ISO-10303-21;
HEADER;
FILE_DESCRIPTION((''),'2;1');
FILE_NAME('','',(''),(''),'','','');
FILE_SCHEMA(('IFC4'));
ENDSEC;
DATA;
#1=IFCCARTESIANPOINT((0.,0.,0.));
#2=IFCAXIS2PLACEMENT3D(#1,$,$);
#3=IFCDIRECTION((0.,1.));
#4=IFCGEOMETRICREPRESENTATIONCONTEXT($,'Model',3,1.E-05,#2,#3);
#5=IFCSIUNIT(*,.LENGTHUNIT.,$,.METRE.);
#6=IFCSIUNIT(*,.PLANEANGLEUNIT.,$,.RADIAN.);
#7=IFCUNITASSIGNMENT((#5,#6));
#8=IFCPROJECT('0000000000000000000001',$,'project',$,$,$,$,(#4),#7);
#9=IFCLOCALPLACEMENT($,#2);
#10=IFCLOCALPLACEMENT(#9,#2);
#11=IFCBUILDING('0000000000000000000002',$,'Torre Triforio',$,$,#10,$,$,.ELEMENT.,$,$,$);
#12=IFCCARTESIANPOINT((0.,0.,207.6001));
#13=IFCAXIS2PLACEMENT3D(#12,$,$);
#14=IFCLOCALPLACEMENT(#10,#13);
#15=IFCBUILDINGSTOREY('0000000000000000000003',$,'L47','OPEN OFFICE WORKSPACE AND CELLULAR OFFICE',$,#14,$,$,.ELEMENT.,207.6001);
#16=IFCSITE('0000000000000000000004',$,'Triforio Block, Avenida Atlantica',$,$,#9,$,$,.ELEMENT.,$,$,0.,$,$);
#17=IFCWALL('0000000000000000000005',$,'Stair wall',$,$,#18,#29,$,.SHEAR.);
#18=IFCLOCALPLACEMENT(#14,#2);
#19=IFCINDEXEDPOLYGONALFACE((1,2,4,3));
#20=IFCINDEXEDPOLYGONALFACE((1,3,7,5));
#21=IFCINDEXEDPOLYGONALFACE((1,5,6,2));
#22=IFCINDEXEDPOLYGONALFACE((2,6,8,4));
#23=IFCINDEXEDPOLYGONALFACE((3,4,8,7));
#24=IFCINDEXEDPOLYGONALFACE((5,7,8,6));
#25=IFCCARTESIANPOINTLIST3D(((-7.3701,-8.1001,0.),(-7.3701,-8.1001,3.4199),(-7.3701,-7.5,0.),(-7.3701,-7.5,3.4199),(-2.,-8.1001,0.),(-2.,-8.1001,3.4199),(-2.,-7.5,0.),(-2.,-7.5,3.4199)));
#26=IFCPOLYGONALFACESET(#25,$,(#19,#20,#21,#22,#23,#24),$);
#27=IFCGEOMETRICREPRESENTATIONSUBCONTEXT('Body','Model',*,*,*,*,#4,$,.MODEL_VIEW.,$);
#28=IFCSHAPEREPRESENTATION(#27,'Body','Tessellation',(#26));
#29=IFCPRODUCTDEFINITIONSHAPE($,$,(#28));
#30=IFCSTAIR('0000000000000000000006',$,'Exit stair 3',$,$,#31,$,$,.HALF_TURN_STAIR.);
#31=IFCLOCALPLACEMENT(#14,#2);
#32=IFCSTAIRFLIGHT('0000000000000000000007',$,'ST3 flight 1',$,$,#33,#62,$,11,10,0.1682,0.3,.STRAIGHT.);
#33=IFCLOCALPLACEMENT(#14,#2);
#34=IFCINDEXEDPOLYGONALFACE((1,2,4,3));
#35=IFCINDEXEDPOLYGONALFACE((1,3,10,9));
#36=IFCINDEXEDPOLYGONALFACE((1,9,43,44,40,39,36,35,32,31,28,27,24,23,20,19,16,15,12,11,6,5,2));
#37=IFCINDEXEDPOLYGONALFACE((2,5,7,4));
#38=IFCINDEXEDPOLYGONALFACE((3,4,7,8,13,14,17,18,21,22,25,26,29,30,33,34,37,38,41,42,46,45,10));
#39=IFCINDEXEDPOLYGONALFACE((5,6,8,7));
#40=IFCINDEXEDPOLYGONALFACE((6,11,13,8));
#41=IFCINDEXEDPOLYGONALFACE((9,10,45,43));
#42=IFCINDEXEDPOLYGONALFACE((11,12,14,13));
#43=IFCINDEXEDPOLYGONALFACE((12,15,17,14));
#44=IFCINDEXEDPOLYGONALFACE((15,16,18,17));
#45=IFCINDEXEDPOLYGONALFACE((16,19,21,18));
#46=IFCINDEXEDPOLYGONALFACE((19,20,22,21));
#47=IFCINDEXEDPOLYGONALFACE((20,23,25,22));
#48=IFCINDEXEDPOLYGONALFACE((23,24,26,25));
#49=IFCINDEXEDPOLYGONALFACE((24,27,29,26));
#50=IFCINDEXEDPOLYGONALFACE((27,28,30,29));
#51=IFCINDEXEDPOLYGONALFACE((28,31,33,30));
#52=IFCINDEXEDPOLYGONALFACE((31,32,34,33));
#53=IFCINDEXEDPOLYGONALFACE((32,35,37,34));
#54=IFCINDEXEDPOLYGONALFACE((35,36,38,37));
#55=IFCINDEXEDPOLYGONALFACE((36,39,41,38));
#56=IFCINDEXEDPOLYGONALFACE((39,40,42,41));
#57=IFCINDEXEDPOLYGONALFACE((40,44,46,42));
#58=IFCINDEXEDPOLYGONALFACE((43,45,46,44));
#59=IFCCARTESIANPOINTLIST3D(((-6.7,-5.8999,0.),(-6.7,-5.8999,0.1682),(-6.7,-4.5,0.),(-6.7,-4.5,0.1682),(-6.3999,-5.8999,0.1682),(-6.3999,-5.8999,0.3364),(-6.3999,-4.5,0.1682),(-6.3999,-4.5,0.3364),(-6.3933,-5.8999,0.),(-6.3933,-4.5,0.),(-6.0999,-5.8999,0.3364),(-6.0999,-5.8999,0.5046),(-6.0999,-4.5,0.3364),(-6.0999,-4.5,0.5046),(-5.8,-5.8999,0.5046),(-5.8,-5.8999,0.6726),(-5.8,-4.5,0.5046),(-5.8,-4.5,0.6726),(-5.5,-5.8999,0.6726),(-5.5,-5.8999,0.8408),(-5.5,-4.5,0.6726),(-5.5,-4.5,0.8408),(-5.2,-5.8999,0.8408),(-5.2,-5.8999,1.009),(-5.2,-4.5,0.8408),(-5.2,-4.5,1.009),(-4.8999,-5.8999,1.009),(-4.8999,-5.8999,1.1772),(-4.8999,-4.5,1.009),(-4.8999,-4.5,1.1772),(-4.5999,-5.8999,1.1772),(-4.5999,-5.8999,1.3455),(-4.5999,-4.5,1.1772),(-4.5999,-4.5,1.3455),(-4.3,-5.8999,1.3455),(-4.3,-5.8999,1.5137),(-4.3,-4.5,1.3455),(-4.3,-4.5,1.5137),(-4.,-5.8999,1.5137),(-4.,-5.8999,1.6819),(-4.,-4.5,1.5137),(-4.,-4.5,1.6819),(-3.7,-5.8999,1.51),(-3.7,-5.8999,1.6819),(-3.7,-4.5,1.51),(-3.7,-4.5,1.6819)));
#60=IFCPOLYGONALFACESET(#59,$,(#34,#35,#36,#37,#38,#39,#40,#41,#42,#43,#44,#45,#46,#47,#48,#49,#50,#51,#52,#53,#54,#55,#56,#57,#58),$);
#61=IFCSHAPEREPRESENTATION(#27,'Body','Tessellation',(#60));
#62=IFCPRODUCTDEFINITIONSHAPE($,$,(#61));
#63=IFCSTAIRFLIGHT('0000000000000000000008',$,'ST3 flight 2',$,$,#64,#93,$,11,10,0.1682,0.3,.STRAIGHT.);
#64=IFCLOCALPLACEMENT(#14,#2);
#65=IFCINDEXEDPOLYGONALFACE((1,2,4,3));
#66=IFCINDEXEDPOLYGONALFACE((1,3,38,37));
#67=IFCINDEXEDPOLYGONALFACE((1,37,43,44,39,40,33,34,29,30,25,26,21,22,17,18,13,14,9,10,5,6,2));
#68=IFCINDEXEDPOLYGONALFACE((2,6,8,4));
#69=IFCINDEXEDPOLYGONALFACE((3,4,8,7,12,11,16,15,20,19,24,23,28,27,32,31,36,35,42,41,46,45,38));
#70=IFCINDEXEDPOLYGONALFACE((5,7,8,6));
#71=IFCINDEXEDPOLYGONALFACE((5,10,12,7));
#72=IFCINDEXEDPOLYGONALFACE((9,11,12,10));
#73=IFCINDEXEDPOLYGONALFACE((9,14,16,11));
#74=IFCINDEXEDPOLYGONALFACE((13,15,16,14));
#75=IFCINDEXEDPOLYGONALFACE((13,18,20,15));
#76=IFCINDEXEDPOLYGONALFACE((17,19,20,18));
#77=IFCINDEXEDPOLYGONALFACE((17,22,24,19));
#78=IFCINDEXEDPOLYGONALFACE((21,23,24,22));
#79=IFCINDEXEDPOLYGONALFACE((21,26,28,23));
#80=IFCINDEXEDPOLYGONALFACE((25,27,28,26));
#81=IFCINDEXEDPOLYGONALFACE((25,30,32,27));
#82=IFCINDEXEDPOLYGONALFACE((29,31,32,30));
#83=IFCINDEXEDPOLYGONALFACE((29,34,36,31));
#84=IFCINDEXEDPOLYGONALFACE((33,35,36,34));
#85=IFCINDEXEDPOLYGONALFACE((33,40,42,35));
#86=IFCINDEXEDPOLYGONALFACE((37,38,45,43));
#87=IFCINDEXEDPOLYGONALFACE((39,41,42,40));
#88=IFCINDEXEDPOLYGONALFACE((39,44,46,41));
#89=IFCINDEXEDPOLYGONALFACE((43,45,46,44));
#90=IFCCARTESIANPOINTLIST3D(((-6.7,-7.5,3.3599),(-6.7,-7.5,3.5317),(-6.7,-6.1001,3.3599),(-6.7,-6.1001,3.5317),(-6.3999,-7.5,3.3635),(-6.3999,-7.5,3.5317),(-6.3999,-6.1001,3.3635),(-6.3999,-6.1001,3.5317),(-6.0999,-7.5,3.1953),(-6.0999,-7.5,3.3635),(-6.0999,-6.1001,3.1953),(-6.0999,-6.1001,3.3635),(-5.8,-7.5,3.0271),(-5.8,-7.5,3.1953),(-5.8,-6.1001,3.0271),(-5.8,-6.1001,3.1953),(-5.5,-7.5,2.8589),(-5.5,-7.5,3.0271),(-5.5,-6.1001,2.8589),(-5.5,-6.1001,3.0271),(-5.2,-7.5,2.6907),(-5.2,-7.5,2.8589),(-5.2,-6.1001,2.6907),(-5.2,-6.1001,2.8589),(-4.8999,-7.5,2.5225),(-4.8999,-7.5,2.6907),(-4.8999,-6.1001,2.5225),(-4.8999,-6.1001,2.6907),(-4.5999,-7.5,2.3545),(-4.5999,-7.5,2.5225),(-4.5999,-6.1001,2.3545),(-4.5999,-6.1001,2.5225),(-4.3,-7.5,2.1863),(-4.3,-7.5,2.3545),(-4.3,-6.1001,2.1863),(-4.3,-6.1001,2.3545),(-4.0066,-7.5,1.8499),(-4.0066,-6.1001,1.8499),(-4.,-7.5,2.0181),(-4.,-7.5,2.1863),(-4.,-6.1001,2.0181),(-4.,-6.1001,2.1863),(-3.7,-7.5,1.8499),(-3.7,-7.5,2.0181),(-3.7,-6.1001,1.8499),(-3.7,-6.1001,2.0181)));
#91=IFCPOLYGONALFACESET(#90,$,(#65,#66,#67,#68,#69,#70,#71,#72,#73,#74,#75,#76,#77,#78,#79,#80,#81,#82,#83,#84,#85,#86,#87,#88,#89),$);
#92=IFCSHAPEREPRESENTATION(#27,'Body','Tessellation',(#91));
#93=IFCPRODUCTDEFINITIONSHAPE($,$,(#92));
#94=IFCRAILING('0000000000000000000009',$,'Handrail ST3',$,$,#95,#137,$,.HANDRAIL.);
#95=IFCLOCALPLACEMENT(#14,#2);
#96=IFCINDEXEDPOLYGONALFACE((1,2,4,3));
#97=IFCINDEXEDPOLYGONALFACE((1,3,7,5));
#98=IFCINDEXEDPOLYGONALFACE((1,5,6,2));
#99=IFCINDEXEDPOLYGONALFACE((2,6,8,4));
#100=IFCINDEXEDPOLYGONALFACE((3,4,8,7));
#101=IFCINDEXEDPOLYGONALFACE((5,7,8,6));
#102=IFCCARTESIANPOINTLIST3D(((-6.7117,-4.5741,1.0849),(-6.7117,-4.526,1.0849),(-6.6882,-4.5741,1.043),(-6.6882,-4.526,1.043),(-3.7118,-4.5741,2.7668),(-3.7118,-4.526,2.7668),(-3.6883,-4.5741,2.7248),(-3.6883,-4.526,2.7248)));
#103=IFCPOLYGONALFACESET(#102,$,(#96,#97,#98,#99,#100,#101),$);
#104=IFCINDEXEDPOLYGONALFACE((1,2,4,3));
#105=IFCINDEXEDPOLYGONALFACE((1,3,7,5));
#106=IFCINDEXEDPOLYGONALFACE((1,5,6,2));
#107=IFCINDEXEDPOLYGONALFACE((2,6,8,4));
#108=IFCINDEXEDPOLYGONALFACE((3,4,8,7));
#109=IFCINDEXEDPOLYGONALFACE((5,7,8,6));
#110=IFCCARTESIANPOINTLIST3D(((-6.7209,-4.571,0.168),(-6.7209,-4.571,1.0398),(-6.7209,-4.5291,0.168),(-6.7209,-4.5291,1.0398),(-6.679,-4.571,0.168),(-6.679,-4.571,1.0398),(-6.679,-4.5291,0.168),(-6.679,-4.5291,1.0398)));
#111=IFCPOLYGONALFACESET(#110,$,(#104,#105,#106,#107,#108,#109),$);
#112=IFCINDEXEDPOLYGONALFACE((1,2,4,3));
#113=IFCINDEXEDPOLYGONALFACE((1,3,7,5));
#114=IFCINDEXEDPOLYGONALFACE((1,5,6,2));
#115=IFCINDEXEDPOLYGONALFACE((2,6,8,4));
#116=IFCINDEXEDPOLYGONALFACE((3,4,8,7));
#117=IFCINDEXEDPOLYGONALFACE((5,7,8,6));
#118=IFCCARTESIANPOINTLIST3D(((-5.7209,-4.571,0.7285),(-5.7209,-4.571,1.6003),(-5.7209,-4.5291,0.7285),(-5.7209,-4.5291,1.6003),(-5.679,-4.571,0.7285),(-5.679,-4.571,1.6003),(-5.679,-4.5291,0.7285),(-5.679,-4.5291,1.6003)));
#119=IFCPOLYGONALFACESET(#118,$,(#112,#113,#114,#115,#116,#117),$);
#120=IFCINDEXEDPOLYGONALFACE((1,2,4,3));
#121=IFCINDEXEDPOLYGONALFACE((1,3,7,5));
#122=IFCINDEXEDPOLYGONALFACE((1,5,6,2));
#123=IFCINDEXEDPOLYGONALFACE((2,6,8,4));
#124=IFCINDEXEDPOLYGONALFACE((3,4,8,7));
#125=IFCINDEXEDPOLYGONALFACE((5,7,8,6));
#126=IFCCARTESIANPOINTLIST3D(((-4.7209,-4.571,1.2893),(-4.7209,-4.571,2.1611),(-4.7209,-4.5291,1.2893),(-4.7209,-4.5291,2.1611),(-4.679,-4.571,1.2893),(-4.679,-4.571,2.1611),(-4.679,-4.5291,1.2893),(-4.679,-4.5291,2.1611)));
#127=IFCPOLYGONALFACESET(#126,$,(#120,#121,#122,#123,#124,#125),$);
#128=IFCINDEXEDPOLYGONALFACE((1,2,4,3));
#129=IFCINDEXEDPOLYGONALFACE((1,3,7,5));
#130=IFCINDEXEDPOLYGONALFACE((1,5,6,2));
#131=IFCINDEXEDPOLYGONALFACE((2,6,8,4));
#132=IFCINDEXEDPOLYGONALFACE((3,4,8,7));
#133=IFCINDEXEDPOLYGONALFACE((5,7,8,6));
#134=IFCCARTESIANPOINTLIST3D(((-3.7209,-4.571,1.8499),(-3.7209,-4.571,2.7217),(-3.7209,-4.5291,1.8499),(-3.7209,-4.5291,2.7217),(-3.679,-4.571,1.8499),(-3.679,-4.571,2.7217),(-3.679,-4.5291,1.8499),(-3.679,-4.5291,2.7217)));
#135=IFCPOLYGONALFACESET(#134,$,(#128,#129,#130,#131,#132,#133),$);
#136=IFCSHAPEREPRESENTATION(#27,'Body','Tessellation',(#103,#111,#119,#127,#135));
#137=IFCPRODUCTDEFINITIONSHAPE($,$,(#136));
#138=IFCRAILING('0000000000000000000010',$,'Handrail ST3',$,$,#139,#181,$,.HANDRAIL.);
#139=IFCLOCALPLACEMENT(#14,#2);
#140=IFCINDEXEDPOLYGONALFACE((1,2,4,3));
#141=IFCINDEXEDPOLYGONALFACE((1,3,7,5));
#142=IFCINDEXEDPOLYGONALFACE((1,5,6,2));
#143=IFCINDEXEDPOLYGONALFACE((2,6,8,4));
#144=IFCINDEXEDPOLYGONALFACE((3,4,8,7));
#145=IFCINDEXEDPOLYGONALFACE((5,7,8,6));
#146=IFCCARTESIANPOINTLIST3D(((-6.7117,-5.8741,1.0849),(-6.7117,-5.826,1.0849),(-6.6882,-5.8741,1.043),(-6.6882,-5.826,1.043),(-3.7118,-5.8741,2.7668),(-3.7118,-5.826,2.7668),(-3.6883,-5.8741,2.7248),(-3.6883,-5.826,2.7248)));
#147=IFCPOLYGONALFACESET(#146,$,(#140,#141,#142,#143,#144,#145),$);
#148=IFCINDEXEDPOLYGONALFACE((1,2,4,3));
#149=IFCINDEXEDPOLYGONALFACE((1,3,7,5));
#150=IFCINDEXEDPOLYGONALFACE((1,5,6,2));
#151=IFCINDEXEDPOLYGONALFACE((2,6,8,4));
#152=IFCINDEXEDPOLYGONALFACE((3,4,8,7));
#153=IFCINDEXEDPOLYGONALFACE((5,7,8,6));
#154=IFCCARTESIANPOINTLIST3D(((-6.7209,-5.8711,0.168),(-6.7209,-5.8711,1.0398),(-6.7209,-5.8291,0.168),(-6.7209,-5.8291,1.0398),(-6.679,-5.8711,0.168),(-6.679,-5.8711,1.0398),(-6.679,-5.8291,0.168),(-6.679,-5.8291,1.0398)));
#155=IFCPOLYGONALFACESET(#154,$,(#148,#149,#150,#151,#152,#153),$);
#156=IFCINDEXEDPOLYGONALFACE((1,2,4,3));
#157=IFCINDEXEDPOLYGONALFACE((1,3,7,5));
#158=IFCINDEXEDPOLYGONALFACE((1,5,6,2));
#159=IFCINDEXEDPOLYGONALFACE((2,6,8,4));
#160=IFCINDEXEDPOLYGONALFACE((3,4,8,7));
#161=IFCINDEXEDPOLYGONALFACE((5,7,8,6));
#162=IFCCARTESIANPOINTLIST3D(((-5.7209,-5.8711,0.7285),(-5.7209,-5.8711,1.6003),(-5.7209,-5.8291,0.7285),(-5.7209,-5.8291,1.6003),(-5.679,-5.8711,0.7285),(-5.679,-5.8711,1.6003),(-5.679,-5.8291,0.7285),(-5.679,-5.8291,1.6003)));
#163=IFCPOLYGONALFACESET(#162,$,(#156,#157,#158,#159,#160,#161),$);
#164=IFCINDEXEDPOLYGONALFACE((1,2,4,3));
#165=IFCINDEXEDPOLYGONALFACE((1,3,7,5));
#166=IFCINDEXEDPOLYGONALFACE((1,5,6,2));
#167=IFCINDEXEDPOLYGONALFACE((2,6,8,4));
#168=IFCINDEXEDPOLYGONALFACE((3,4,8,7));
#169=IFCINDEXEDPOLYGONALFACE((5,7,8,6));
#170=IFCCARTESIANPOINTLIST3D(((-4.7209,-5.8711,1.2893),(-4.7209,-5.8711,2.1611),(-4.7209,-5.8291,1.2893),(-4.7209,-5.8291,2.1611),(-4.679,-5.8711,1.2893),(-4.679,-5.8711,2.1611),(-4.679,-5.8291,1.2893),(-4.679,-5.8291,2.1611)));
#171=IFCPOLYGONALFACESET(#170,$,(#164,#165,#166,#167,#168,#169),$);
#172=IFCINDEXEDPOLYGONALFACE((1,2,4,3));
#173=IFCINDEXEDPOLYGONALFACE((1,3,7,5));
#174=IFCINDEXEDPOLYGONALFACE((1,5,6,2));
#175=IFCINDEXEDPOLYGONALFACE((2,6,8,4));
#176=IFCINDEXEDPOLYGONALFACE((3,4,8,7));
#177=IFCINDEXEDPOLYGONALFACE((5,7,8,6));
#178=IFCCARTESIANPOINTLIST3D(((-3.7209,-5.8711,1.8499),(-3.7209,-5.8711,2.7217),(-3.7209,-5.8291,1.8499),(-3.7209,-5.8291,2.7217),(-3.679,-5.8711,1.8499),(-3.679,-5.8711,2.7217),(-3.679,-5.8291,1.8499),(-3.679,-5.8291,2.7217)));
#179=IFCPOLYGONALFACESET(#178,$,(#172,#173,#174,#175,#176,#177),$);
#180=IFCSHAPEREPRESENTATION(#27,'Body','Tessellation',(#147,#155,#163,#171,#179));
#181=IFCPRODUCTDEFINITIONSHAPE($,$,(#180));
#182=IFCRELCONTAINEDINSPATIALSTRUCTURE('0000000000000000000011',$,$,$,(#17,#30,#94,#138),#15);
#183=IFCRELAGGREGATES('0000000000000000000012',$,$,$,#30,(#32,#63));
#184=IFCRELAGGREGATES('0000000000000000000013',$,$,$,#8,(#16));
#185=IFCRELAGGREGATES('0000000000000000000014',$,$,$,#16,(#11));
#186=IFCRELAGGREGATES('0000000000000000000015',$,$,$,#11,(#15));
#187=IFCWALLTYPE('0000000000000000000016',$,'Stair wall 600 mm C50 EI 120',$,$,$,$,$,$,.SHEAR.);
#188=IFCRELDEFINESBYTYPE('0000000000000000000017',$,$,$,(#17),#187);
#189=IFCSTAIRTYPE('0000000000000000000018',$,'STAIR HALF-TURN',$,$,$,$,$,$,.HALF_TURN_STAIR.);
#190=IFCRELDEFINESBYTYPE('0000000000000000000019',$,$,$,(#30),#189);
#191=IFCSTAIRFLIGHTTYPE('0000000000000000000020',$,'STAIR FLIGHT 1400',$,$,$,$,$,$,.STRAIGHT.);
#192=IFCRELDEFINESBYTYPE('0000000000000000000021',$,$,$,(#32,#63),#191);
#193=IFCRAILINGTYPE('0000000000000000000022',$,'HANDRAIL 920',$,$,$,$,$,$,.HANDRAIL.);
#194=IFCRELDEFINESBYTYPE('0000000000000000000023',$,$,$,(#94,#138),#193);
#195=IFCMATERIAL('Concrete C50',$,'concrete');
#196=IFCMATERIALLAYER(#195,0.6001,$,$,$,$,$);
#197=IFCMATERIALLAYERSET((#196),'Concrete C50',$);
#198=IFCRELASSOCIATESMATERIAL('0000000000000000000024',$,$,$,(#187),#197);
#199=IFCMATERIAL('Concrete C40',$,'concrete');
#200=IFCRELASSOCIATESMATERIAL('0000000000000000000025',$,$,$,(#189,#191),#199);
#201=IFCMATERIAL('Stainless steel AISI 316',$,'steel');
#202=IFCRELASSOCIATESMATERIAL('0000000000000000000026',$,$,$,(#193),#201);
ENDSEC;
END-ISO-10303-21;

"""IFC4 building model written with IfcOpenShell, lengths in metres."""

from ifc_helpers import new_model, si_unit, direction, frame, frame_2d, origin, origin_2d, place, context, subcontext, project, spatial, polyline, rectangle, outline, extrude, material, layer, layer_set, type_object, element, aggregate, save


model = new_model("IFC4")

# Units and contexts
model_context = context("Model", 3, precision=1e-05, world=origin(), true_north=direction((0.0, 1.0)))
body_context = subcontext(model_context, "Body", "Model", "MODEL_VIEW")
ifc_project = project(units=[si_unit("LENGTHUNIT", "METRE"), si_unit("PLANEANGLEUNIT", "RADIAN")], contexts=[model_context])

# Site, building, storey
site_placement = place(None, origin())
site = spatial("IfcSite", under=ifc_project, at=site_placement, Name="Triforio Block, Avenida Atlantica", CompositionType="ELEMENT", RefElevation=0.0)
building_placement = place(site_placement, origin())
building = spatial("IfcBuilding", under=site, at=building_placement, Name="Torre Triforio", CompositionType="ELEMENT")
storey_placement = place(building_placement, frame((0.0, 0.0, 207.6001)))
storey = spatial("IfcBuildingStorey", under=building, at=storey_placement, Name="L47", Description="OPEN OFFICE WORKSPACE AND CELLULAR OFFICE", CompositionType="ELEMENT", Elevation=207.6001)

# Shared definitions
ifc_material_1 = material(Name="Concrete C40", Category="concrete")

# Shared definitions
ifc_material_2 = material(Name="Concrete C50", Category="concrete")

# Wall
ifc_layer_1 = layer(ifc_material_2, 0.6001)
ifc_layer_set_1 = layer_set([ifc_layer_1], Name="Concrete C50")
wall_type_1 = type_object("IfcWallType", Name="Stair wall 600 mm C50 EI 120", PredefinedType="SHEAR", material=ifc_layer_set_1)
wall_1_placement = place(storey_placement, frame((-7.3701, -7.8, 0.0), z_axis=(0.0, 0.0, 1.0), x_axis=(1.0, 0.0, 0.0)))
element("IfcWall", 1, at=wall_1_placement, inside=storey, type_object=wall_type_1, Name="Stair wall", PredefinedType="SHEAR", context=body_context, shape_type="SweptSolid", body=[
    extrude(rectangle(XDim=5.3701, YDim=0.6001, at=frame_2d((2.6851, 0.0))), origin(), (0.0, 0.0, 1.0), 3.4199),
])

# Stair, stair flights
stair_type = type_object("IfcStairType", Name="STAIR HALF-TURN", PredefinedType="HALF_TURN_STAIR", material=ifc_material_1)
stair_placement = place(storey_placement, origin())
stair = element("IfcStair", 2, at=stair_placement, inside=storey, type_object=stair_type, Name="Exit stair 3", PredefinedType="HALF_TURN_STAIR")
stair_flight_type = type_object("IfcStairFlightType", Name="STAIR FLIGHT 1400", PredefinedType="STRAIGHT", material=ifc_material_1)
stair_flight_1_placement = place(storey_placement, frame((-6.7, -5.2, 0.0), z_axis=(0.0, 0.0, 1.0), x_axis=(1.0, 0.0, 0.0)))
stair_flight_1 = element("IfcStairFlight", 3, at=stair_flight_1_placement, type_object=stair_flight_type, Name="ST3 flight 1", NumberOfRisers=11, NumberOfTreads=10, PredefinedType="STRAIGHT", RiserHeight=0.1682, TreadLength=0.3, context=body_context, shape_type="SweptSolid", body=[
    extrude(outline(polyline([(0.0, 0.0), (0.0, 0.1682), (0.3, 0.1682), (0.3, 0.3364), (0.6001, 0.3364), (0.6001, 0.5046), (0.8999, 0.5046), (0.8999, 0.6726), (1.2, 0.6726), (1.2, 0.8408), (1.5, 0.8408), (1.5, 1.009), (1.8, 1.009), (1.8, 1.1772), (2.1001, 1.1772), (2.1001, 1.3455), (2.3999, 1.3455), (2.3999, 1.5137), (2.7, 1.5137), (2.7, 1.6819), (3.0, 1.6819), (3.0, 1.8501), (3.0, 1.51), (0.3066, 0.0), (0.0, 0.0)])), frame((0.0, 0.7, 0.0), z_axis=(0.0, -1.0, 0.0), x_axis=(1.0, 0.0, 0.0)), (0.0, 0.0, 1.0), 1.3999),
])
stair_flight_2_placement = place(storey_placement, frame((-3.7, -6.8, 1.8499), z_axis=(0.0, 0.0, 1.0), x_axis=(-1.0, 0.0, 0.0)))
stair_flight_2 = element("IfcStairFlight", 4, at=stair_flight_2_placement, type_object=stair_flight_type, Name="ST3 flight 2", NumberOfRisers=11, NumberOfTreads=10, PredefinedType="STRAIGHT", RiserHeight=0.1682, TreadLength=0.3, context=body_context, shape_type="SweptSolid", body=[
    extrude(outline(polyline([(0.0, 0.0), (0.0, 0.1682), (0.3, 0.1682), (0.3, 0.3364), (0.6001, 0.3364), (0.6001, 0.5046), (0.8999, 0.5046), (0.8999, 0.6726), (1.2, 0.6726), (1.2, 0.8408), (1.5, 0.8408), (1.5, 1.009), (1.8, 1.009), (1.8, 1.1772), (2.1001, 1.1772), (2.1001, 1.3455), (2.3999, 1.3455), (2.3999, 1.5137), (2.7, 1.5137), (2.7, 1.6819), (3.0, 1.6819), (3.0, 1.8501), (3.0, 1.51), (0.3066, 0.0), (0.0, 0.0)])), frame((0.0, 0.7, 0.0), z_axis=(0.0, -1.0, 0.0), x_axis=(1.0, 0.0, 0.0)), (0.0, 0.0, 1.0), 1.3999),
])
aggregate(stair, [stair_flight_1, stair_flight_2])

# Railings
ifc_material_3 = material(Name="Stainless steel AISI 316", Category="steel")
railing_type = type_object("IfcRailingType", Name="HANDRAIL 920", PredefinedType="HANDRAIL", material=ifc_material_3)
for number, where, name in (
    (5, (-6.7, -4.55, 0.168), "Handrail ST3"),
    (6, (-6.7, -5.8501, 0.168), "Handrail ST3"),
):
    element("IfcRailing", number, at=place(storey_placement, frame(where)), inside=storey, type_object=railing_type, Name=name, PredefinedType="HANDRAIL", context=body_context, shape_type="SweptSolid", body=[
        extrude(rectangle(XDim=0.0481, YDim=0.0481, at=origin_2d()), frame((0.0, 0.0, 0.896), z_axis=(0.872272, 0.0, 0.48902), x_axis=(0.0, 1.0, 0.0)), (0.0, 0.0, 1.0), 3.4392),
        extrude(rectangle(XDim=0.042, YDim=0.042, at=origin_2d()), origin(), (0.0, 0.0, 1.0), 0.8718),
        extrude(rectangle(XDim=0.042, YDim=0.042, at=origin_2d()), frame((1.0, 0.0, 0.5605)), (0.0, 0.0, 1.0), 0.8718),
        extrude(rectangle(XDim=0.042, YDim=0.042, at=origin_2d()), frame((2.0, 0.0, 1.1213)), (0.0, 0.0, 1.0), 0.8718),
        extrude(rectangle(XDim=0.042, YDim=0.042, at=origin_2d()), frame((3.0, 0.0, 1.6819)), (0.0, 0.0, 1.0), 0.8718),
    ])

save(model, "model.ifc")
